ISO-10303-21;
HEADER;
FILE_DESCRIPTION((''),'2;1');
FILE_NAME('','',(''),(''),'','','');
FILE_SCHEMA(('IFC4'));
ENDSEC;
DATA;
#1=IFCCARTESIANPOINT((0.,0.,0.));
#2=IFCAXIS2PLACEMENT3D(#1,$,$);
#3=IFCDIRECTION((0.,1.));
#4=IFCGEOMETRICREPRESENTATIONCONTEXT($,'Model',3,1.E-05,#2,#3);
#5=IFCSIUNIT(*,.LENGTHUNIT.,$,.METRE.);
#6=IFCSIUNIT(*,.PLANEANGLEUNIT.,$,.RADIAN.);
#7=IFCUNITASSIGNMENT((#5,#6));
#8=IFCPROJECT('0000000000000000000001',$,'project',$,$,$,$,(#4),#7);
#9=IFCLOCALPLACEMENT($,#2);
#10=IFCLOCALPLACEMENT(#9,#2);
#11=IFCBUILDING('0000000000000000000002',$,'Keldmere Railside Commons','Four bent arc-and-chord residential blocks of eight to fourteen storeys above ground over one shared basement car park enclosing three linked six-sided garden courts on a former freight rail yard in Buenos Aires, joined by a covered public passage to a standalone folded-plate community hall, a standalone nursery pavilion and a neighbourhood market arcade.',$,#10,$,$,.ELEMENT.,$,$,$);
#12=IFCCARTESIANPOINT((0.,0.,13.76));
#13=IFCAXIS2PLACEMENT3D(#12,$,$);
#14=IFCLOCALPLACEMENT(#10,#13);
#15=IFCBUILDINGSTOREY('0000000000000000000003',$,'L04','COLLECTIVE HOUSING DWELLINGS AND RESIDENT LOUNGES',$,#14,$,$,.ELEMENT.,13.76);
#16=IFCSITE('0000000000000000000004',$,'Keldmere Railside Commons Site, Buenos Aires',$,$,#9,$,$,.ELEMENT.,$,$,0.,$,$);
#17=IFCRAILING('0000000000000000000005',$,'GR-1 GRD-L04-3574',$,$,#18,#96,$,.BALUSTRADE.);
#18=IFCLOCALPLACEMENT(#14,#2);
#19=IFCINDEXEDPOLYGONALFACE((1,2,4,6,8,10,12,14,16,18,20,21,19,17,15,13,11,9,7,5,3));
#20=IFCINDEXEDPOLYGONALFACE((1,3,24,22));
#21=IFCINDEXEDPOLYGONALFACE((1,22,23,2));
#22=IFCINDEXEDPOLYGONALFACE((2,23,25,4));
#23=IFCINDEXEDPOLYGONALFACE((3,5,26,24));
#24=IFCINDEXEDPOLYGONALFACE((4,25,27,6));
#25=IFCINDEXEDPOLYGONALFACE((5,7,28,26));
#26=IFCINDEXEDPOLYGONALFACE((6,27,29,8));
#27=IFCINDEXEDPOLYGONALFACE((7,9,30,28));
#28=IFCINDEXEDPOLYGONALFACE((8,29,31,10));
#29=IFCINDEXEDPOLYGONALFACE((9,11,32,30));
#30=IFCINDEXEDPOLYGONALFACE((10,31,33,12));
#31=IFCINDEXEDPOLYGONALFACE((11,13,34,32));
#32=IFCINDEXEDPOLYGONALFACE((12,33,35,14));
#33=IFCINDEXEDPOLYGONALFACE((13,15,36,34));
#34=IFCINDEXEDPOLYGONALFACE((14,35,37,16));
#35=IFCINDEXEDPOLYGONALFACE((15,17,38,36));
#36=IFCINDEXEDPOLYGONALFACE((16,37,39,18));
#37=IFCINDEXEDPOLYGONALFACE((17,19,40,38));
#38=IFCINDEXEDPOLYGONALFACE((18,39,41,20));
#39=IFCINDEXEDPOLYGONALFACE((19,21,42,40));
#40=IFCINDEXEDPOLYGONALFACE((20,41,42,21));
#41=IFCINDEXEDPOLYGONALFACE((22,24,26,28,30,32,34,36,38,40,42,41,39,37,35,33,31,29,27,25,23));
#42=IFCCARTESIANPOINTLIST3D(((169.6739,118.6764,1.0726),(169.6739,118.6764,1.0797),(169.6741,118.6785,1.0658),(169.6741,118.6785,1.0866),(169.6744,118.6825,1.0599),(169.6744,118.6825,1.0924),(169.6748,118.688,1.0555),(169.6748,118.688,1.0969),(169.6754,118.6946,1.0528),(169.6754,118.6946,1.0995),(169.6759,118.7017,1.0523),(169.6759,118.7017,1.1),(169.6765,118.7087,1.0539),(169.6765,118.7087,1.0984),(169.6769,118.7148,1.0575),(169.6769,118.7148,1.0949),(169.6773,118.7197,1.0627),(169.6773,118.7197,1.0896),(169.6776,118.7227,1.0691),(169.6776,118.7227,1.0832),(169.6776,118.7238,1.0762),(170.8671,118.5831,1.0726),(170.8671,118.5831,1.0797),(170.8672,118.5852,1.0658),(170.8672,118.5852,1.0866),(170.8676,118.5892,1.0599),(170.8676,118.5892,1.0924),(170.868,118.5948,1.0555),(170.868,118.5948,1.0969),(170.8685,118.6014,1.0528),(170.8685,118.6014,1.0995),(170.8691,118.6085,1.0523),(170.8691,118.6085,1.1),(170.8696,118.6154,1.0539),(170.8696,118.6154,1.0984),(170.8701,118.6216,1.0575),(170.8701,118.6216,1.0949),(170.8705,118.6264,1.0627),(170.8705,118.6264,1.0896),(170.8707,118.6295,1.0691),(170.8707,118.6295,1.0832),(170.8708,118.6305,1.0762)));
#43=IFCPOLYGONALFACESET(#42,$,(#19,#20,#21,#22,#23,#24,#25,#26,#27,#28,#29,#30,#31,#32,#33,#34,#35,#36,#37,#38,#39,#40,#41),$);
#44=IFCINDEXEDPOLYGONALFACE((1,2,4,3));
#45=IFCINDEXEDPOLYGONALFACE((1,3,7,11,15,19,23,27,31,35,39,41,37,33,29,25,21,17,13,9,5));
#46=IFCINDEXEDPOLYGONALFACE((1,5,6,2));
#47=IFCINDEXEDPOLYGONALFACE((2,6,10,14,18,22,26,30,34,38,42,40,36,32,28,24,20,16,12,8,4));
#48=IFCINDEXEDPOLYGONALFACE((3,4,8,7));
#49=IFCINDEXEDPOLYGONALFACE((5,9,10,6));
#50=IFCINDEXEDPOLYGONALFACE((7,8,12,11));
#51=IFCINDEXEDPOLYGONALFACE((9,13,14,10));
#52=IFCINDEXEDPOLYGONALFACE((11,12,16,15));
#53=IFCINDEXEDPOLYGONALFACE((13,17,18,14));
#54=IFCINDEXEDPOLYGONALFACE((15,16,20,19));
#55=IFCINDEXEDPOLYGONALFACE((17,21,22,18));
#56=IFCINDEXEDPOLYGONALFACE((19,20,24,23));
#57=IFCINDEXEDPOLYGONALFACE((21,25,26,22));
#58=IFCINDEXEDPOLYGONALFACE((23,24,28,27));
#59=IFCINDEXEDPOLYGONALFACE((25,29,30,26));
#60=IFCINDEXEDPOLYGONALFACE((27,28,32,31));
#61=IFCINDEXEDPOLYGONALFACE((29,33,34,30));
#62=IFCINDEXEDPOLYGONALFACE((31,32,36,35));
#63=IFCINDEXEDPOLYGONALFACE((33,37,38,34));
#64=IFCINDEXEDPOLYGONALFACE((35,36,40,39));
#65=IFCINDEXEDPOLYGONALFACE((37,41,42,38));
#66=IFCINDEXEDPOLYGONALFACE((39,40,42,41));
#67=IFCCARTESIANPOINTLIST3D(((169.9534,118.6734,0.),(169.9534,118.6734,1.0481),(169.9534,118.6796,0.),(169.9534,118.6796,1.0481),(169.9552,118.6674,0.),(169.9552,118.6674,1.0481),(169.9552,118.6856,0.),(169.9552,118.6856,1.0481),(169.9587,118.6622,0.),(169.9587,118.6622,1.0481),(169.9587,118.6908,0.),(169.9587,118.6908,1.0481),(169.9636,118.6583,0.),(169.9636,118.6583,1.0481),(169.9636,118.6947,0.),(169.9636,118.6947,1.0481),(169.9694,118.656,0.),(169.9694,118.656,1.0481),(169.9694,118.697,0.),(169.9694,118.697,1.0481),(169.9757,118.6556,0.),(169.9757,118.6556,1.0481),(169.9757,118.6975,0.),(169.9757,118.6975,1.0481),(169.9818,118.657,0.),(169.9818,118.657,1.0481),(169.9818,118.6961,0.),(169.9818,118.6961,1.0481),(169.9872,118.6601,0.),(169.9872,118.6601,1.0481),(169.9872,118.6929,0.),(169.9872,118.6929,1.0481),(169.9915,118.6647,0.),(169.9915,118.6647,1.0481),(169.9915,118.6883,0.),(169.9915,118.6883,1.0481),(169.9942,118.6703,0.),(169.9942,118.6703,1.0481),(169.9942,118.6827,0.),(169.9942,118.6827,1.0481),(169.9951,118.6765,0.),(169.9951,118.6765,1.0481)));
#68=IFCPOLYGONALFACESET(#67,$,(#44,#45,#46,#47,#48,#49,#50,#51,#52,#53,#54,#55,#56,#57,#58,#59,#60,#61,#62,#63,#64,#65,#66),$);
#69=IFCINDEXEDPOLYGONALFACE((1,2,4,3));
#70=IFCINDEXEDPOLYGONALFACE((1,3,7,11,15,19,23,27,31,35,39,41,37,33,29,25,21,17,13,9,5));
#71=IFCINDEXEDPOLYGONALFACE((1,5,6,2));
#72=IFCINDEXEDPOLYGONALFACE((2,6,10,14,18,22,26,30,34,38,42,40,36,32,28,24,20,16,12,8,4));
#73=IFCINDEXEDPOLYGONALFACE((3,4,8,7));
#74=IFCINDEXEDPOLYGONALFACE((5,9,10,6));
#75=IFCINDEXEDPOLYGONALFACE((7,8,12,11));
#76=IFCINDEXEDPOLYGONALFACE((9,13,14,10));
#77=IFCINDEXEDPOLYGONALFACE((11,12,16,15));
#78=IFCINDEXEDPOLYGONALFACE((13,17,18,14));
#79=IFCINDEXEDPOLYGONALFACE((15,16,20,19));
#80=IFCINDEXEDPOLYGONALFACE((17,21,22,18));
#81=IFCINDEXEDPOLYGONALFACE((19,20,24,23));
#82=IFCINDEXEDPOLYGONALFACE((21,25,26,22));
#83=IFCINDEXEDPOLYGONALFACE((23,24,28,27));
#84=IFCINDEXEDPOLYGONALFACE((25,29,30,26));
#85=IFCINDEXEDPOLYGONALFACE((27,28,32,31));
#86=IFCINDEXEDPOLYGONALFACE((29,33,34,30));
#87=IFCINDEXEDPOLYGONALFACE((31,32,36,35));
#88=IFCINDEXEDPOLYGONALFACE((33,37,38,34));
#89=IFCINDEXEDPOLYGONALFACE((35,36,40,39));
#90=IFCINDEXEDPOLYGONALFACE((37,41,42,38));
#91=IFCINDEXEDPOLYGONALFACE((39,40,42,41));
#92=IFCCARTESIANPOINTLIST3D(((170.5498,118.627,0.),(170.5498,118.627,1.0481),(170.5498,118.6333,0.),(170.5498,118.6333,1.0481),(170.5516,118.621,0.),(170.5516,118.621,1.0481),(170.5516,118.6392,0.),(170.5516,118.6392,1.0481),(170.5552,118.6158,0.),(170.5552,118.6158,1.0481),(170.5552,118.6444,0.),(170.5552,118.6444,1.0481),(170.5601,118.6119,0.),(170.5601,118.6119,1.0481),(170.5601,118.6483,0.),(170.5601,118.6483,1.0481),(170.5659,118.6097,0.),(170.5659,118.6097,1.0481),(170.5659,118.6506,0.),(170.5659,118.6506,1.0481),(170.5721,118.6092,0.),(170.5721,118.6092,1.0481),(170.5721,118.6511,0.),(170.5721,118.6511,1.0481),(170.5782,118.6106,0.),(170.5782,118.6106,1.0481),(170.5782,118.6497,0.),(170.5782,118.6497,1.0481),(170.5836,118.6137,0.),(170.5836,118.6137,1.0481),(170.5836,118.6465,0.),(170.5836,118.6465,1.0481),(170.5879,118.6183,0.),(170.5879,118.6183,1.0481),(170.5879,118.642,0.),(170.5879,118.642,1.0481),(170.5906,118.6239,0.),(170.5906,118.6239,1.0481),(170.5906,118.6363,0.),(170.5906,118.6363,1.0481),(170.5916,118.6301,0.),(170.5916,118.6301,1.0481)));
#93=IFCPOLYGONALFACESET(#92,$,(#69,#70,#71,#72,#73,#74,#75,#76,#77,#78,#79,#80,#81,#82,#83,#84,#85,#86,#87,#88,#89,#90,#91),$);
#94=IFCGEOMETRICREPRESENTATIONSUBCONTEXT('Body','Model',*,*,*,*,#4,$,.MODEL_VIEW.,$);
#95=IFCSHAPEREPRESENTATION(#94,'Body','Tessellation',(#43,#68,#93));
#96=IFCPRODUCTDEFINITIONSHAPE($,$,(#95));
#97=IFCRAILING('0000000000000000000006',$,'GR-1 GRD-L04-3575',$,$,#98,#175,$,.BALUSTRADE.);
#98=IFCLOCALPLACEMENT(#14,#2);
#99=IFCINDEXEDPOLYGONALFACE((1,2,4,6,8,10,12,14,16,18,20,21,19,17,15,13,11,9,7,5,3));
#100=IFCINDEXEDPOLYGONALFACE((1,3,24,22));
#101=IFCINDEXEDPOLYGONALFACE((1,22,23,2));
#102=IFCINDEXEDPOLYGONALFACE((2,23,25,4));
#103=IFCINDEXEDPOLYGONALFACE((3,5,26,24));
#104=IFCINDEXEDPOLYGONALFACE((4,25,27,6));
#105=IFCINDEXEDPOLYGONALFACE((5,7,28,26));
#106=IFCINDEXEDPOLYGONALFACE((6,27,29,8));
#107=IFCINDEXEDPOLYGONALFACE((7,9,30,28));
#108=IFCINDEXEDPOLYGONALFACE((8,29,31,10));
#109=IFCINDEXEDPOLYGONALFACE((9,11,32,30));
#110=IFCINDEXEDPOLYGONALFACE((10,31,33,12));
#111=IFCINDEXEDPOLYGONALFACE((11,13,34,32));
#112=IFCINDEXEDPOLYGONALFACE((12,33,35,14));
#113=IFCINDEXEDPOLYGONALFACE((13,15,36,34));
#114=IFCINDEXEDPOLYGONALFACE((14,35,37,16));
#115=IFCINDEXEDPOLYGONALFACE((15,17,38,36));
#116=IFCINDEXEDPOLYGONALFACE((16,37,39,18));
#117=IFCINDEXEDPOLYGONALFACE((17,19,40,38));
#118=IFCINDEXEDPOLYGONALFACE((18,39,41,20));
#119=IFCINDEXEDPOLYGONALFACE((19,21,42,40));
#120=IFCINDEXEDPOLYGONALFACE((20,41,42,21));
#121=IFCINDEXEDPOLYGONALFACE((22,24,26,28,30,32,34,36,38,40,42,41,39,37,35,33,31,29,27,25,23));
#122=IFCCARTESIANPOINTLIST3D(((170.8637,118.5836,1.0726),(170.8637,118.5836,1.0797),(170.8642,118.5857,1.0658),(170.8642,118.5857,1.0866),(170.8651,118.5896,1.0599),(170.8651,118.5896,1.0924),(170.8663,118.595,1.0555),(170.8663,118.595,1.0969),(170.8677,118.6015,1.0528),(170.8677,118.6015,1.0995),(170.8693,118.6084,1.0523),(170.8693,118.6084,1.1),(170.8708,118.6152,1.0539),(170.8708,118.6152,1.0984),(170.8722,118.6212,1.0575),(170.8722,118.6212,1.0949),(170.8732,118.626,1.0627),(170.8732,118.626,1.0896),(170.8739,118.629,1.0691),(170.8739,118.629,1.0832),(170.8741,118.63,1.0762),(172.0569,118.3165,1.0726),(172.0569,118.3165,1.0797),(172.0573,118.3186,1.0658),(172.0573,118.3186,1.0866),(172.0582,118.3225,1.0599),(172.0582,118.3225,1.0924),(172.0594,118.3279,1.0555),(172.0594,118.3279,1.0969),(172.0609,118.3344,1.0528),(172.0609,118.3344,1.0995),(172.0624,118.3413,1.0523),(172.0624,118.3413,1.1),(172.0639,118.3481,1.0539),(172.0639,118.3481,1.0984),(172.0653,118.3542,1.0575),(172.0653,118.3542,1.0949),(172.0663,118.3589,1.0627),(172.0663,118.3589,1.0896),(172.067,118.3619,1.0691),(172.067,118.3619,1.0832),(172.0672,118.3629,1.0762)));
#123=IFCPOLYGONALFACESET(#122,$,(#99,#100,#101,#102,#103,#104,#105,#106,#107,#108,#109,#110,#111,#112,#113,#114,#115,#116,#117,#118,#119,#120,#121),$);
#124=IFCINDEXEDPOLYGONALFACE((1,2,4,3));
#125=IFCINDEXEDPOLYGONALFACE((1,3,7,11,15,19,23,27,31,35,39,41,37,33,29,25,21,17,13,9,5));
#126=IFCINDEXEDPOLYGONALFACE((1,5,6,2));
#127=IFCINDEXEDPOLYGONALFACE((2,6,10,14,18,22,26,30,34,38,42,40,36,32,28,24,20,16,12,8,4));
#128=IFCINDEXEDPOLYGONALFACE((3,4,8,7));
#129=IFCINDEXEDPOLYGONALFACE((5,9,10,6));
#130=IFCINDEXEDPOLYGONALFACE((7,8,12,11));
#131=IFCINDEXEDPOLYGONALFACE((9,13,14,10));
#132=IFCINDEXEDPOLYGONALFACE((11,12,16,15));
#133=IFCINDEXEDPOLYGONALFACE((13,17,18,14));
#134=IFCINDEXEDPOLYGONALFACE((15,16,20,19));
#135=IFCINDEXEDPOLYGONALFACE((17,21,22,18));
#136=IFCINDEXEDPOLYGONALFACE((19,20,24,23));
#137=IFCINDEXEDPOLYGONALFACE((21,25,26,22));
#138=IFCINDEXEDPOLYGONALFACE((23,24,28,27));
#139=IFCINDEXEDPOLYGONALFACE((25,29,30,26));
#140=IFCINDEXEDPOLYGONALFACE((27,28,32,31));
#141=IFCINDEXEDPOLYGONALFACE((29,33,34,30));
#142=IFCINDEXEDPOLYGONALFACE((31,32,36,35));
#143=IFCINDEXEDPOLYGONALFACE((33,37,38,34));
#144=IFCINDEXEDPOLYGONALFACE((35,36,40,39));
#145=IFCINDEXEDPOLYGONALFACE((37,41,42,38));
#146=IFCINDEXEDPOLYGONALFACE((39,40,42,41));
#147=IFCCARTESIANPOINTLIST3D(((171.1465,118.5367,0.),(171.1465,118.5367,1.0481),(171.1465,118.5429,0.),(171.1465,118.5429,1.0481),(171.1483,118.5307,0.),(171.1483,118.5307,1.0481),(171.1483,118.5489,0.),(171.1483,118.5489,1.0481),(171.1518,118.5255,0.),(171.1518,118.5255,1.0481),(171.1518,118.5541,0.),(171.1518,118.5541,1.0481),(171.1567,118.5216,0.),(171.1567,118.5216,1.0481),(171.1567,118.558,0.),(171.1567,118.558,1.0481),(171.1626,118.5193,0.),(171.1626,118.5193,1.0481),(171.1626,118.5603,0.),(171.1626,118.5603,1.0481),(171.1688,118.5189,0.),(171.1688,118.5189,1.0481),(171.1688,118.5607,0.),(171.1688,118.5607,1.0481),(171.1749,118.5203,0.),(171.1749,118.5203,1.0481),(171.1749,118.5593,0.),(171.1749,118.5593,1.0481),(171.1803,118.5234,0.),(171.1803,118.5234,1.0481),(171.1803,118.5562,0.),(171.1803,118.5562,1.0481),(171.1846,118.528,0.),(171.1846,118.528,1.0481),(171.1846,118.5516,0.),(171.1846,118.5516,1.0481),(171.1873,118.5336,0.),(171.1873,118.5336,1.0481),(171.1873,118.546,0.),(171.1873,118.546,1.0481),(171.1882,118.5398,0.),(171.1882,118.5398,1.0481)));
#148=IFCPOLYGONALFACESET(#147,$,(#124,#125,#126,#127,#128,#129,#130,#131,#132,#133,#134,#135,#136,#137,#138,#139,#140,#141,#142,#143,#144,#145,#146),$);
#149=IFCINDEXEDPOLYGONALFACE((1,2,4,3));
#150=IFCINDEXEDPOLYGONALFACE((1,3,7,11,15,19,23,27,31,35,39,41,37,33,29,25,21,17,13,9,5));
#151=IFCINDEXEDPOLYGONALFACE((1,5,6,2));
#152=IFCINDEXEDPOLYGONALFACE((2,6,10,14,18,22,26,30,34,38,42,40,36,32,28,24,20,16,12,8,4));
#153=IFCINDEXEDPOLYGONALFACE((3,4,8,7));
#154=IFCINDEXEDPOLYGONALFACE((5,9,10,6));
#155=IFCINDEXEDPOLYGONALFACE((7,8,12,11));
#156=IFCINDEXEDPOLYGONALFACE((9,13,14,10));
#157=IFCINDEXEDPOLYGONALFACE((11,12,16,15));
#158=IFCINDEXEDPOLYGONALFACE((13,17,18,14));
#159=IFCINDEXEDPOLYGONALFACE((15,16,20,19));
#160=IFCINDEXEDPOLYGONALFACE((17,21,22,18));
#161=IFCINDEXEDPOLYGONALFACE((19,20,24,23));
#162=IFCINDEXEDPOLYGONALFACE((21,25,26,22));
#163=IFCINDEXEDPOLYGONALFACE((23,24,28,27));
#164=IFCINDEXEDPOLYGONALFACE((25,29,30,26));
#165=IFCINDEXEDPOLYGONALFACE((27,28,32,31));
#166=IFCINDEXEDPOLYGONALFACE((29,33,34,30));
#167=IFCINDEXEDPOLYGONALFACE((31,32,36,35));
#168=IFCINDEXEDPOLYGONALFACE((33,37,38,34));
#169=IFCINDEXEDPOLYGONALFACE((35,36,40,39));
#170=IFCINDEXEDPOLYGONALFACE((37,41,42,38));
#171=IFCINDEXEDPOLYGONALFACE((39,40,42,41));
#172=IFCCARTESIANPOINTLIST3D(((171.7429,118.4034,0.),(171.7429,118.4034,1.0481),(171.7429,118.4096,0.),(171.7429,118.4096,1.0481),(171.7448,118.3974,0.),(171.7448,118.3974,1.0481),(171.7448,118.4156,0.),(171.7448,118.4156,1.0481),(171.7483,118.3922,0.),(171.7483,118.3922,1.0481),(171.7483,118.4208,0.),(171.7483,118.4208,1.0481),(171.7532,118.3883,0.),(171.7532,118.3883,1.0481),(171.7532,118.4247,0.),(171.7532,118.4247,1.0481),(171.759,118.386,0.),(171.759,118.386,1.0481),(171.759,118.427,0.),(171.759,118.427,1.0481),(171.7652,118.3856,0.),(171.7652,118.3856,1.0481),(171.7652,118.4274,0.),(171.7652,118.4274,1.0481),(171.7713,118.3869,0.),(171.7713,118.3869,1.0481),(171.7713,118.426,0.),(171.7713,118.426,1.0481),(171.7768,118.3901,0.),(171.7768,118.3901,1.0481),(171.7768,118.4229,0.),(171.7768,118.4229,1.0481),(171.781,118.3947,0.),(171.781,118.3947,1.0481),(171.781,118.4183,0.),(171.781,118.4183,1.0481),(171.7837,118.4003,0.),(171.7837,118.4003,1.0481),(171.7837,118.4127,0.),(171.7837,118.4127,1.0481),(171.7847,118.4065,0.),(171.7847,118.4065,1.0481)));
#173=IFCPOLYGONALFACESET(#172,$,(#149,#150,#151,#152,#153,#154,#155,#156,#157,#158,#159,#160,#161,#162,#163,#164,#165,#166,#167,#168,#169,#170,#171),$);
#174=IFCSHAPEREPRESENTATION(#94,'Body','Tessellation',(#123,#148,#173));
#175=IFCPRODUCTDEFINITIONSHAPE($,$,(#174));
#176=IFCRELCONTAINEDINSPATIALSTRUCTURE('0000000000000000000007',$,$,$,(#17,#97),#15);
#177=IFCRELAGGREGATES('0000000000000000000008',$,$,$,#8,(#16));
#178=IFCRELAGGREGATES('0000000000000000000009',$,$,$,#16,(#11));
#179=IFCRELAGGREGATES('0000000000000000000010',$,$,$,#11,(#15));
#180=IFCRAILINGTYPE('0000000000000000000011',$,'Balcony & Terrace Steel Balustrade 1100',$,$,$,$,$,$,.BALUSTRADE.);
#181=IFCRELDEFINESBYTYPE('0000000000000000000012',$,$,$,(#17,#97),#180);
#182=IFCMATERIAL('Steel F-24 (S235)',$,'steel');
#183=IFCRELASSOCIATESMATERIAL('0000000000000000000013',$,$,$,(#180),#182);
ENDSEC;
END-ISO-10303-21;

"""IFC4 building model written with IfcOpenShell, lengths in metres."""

from ifc_helpers import new_model, si_unit, direction, frame, origin, origin_2d, place, context, subcontext, project, spatial, circle, extrude, material, type_object, element, save


model = new_model("IFC4")

# Units and contexts
model_context = context("Model", 3, precision=1e-05, world=origin(), true_north=direction((0.0, 1.0)))
body_context = subcontext(model_context, "Body", "Model", "MODEL_VIEW")
ifc_project = project(units=[si_unit("LENGTHUNIT", "METRE"), si_unit("PLANEANGLEUNIT", "RADIAN")], contexts=[model_context])

# Site, building, storey
site_placement = place(None, origin())
site = spatial("IfcSite", under=ifc_project, at=site_placement, Name="Keldmere Railside Commons Site, Buenos Aires", CompositionType="ELEMENT", RefElevation=0.0)
building_placement = place(site_placement, origin())
building = spatial("IfcBuilding", under=site, at=building_placement, Name="Keldmere Railside Commons", Description="Four bent arc-and-chord residential blocks of eight to fourteen storeys above ground over one shared basement car park enclosing three linked six-sided garden courts on a former freight rail yard in Buenos Aires, joined by a covered public passage to a standalone folded-plate community hall, a standalone nursery pavilion and a neighbourhood market arcade.", CompositionType="ELEMENT")
storey_placement = place(building_placement, frame((0.0, 0.0, 13.76)))
storey = spatial("IfcBuildingStorey", under=building, at=storey_placement, Name="L04", Description="COLLECTIVE HOUSING DWELLINGS AND RESIDENT LOUNGES", CompositionType="ELEMENT", Elevation=13.76)

# Railings
ifc_material_1 = material(Name="Steel F-24 (S235)", Category="steel")
railing_type = type_object("IfcRailingType", Name="Balcony & Terrace Steel Balustrade 1100", PredefinedType="BALUSTRADE", material=ifc_material_1)
railing_1_placement = place(storey_placement, frame((169.6758, 118.7, 0.0)))
element("IfcRailing", 1, at=railing_1_placement, inside=storey, type_object=railing_type, Name="GR-1 GRD-L04-3574", PredefinedType="BALUSTRADE", context=body_context, shape_type="SweptSolid", body=[
    extrude(circle(Radius=0.0239, at=origin_2d()), frame((0.0, 0.0, 1.0762), z_axis=(0.996959, -0.077929, 0.0), x_axis=(0.077929, 0.996959, 0.0)), (0.0, 0.0, 1.0), 1.1968),
    extrude(circle(Radius=0.021, at=origin_2d()), frame((0.2983, -0.0234, 0.0)), (0.0, 0.0, 1.0), 1.0481),
    extrude(circle(Radius=0.021, at=origin_2d()), frame((0.8948, -0.0698, 0.0)), (0.0, 0.0, 1.0), 1.0481),
])
railing_2_placement = place(storey_placement, frame((170.8689, 118.6067, 0.0)))
element("IfcRailing", 2, at=railing_2_placement, inside=storey, type_object=railing_type, Name="GR-1 GRD-L04-3575", PredefinedType="BALUSTRADE", context=body_context, shape_type="SweptSolid", body=[
    extrude(circle(Radius=0.0239, at=origin_2d()), frame((0.0, 0.0, 1.0762), z_axis=(0.975848, -0.218452, 0.0), x_axis=(0.218452, 0.975848, 0.0)), (0.0, 0.0, 1.0), 1.2227),
    extrude(circle(Radius=0.021, at=origin_2d()), frame((0.2983, -0.0669, 0.0)), (0.0, 0.0, 1.0), 1.0481),
    extrude(circle(Radius=0.021, at=origin_2d()), frame((0.8948, -0.2002, 0.0)), (0.0, 0.0, 1.0), 1.0481),
])

save(model, "model.ifc")
